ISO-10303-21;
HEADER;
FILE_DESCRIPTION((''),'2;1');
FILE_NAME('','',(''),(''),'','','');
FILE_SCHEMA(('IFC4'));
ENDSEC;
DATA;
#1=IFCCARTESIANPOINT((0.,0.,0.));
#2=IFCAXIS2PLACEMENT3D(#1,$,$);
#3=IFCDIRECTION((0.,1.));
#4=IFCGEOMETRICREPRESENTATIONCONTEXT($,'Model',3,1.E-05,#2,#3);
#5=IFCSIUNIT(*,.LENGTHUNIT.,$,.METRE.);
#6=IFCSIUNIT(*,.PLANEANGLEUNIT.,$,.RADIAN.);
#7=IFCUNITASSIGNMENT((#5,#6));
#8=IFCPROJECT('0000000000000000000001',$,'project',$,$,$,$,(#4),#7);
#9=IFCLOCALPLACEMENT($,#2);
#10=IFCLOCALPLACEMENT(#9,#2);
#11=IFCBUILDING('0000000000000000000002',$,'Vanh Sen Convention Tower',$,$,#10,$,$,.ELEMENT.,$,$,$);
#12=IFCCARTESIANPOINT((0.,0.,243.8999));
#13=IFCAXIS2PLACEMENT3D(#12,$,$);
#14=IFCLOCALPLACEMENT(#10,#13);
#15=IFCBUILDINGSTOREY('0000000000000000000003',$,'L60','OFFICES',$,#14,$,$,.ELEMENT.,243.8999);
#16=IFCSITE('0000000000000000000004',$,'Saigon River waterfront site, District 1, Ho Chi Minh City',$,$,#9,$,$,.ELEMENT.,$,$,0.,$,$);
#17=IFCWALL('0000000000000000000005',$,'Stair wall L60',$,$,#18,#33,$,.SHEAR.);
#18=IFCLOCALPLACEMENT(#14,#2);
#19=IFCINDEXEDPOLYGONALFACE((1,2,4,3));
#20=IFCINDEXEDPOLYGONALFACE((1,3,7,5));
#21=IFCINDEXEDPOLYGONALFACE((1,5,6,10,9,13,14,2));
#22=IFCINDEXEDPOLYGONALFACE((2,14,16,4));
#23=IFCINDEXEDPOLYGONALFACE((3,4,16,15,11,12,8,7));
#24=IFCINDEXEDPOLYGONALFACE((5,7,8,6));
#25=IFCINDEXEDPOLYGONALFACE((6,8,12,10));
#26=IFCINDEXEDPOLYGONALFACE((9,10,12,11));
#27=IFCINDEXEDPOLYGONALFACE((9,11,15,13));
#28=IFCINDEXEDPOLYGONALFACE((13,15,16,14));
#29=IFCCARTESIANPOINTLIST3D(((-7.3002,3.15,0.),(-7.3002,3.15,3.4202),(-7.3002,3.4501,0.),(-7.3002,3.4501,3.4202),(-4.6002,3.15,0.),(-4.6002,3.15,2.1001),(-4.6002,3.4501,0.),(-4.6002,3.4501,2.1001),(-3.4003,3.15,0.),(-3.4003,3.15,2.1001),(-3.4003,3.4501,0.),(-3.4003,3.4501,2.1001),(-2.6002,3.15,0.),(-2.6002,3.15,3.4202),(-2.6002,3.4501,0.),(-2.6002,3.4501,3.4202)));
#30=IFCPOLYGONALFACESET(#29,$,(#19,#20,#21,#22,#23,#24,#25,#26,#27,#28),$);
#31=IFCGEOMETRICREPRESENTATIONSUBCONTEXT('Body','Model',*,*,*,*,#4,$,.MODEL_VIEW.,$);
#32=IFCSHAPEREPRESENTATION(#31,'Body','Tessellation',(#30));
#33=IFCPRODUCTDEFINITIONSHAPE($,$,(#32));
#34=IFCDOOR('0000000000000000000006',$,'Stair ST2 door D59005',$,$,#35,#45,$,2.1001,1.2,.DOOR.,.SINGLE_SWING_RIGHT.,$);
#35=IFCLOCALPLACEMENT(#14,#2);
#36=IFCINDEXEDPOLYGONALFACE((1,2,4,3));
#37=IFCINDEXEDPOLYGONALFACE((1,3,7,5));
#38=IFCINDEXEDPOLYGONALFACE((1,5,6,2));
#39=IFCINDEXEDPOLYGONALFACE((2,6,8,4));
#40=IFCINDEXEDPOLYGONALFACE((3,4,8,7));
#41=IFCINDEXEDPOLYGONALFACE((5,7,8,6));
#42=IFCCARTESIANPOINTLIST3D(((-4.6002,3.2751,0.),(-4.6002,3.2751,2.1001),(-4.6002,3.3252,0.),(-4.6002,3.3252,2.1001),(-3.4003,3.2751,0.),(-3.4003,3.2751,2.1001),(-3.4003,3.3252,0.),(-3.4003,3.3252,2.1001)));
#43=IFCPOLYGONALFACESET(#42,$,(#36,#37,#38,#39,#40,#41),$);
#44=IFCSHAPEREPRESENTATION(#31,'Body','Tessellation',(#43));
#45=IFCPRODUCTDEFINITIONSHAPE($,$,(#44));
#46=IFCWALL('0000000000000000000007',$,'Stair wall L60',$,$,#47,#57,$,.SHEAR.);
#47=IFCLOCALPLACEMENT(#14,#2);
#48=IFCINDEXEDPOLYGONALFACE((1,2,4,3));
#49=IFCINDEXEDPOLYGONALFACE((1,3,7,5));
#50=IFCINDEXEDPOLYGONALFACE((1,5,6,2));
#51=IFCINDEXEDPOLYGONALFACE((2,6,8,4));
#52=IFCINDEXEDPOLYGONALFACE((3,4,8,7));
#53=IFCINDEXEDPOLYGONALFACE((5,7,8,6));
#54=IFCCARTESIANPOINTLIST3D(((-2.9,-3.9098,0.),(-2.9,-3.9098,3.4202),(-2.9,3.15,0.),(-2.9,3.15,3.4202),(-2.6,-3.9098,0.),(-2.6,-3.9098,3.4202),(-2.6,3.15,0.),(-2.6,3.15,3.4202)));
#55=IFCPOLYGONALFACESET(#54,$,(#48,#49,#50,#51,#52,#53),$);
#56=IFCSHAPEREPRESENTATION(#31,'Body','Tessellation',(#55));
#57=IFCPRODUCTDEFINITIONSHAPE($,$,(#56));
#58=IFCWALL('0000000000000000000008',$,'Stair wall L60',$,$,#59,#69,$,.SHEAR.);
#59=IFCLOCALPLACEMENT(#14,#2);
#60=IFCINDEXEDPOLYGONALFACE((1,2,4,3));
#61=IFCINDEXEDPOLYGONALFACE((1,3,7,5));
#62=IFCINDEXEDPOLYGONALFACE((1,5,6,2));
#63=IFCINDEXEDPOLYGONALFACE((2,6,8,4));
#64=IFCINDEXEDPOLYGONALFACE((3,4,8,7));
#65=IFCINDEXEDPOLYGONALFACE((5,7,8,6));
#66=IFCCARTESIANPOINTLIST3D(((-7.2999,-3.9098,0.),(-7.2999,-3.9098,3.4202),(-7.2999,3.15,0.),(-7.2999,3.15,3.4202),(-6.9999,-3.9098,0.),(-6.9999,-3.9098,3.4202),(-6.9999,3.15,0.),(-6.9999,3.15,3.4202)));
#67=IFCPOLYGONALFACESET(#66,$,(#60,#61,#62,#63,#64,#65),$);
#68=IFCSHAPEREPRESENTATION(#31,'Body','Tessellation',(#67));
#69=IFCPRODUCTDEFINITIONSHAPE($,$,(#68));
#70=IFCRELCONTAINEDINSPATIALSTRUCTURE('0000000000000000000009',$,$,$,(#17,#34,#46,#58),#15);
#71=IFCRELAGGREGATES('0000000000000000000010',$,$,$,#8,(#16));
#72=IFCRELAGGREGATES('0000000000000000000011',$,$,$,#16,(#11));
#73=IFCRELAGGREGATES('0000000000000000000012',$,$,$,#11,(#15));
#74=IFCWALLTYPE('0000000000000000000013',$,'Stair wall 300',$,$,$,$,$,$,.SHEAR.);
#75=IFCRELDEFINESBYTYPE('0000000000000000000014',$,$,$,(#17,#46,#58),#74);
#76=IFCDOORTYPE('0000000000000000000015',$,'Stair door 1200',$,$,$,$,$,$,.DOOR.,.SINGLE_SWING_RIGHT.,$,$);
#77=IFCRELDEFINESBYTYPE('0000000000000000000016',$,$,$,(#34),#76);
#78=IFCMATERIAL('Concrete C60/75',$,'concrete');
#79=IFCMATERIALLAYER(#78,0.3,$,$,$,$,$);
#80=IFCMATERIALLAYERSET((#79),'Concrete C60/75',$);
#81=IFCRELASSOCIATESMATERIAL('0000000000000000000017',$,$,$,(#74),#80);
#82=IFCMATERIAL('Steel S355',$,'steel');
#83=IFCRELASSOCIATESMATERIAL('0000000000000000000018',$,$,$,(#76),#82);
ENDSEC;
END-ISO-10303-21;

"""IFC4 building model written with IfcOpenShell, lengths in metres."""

from ifc_helpers import new_model, si_unit, direction, frame, frame_2d, origin, place, context, subcontext, project, spatial, rectangle, extrude, material, layer, layer_set, type_object, element, fill, save


model = new_model("IFC4")

# Units and contexts
model_context = context("Model", 3, precision=1e-05, world=origin(), true_north=direction((0.0, 1.0)))
body_context = subcontext(model_context, "Body", "Model", "MODEL_VIEW")
ifc_project = project(units=[si_unit("LENGTHUNIT", "METRE"), si_unit("PLANEANGLEUNIT", "RADIAN")], contexts=[model_context])

# Site, building, storey
site_placement = place(None, origin())
site = spatial("IfcSite", under=ifc_project, at=site_placement, Name="Saigon River waterfront site, District 1, Ho Chi Minh City", CompositionType="ELEMENT", RefElevation=0.0)
building_placement = place(site_placement, origin())
building = spatial("IfcBuilding", under=site, at=building_placement, Name="Vanh Sen Convention Tower", CompositionType="ELEMENT")
storey_placement = place(building_placement, frame((0.0, 0.0, 243.8999)))
storey = spatial("IfcBuildingStorey", under=building, at=storey_placement, Name="L60", Description="OFFICES", CompositionType="ELEMENT", Elevation=243.8999)

# Shared definitions
ifc_material_1 = material(Name="Concrete C60/75", Category="concrete")

# Shared definitions
ifc_material_2 = material(Name="Steel S355", Category="steel")

# Shared definitions
ifc_layer_1 = layer(ifc_material_1, 0.3)
ifc_layer_set_1 = layer_set([ifc_layer_1], Name="Concrete C60/75")
wall_type_1 = type_object("IfcWallType", Name="Stair wall 300", PredefinedType="SHEAR", material=ifc_layer_set_1)

# Wall, opening, door
wall_1_placement = place(storey_placement, frame((-2.6001, 3.3, 0.0), z_axis=(0.0, 0.0, 1.0), x_axis=(-1.0, 0.0, 0.0)))
wall_1 = element("IfcWall", 1, at=wall_1_placement, inside=storey, type_object=wall_type_1, Name="Stair wall L60", PredefinedType="SHEAR", context=body_context, shape_type="SweptSolid", body=[
    extrude(rectangle(XDim=4.7, YDim=0.3, at=frame_2d((2.3501, 0.0))), origin(), (0.0, 0.0, 1.0), 3.4202),
])
opening_1_placement = place(wall_1_placement, frame((0.8, 0.0, 0.0)))
opening_1 = element("IfcOpeningElement", 2, at=opening_1_placement, cuts=wall_1, PredefinedType="OPENING", context=body_context, shape_type="SweptSolid", body=[
    extrude(rectangle(XDim=1.2, YDim=2.1001, at=frame_2d((0.6001, 1.05))), frame((0.0, 0.1599, 0.0), z_axis=(0.0, -1.0, 0.0), x_axis=(1.0, 0.0, 0.0)), (0.0, 0.0, 1.0), 0.3201),
])
door_type_1 = type_object("IfcDoorType", Name="Stair door 1200", OperationType="SINGLE_SWING_RIGHT", PredefinedType="DOOR", material=ifc_material_2)
door_1_placement = place(opening_1_placement, origin())
door_1 = element("IfcDoor", 3, at=door_1_placement, inside=storey, type_object=door_type_1, Name="Stair ST2 door D59005", OperationType="SINGLE_SWING_RIGHT", OverallHeight=2.1001, OverallWidth=1.2, PredefinedType="DOOR", context=body_context, shape_type="SweptSolid", body=[
    extrude(rectangle(XDim=1.2, YDim=2.1001, at=frame_2d((0.6001, 1.05))), frame((0.0, 0.0249, 0.0), z_axis=(0.0, -1.0, 0.0), x_axis=(1.0, 0.0, 0.0)), (0.0, 0.0, 1.0), 0.05),
])
fill(opening_1, door_1)

# Walls
for number, where, z_axis, x_axis, name in (
    (4, (-2.75, 3.1499, 0.0), (0.0, 0.0, 1.0), (0.0, -1.0, 0.0), "Stair wall L60"),
    (5, (-7.1499, 3.1499, 0.0), (0.0, 0.0, 1.0), (0.0, -1.0, 0.0), "Stair wall L60"),
):
    element("IfcWall", number, at=place(storey_placement, frame(where, z_axis=z_axis, x_axis=x_axis)), inside=storey, type_object=wall_type_1, Name=name, PredefinedType="SHEAR", context=body_context, shape_type="SweptSolid", body=[
        extrude(rectangle(XDim=7.0598, YDim=0.3, at=frame_2d((3.5298, 0.0))), origin(), (0.0, 0.0, 1.0), 3.4202),
    ])

save(model, "model.ifc")
